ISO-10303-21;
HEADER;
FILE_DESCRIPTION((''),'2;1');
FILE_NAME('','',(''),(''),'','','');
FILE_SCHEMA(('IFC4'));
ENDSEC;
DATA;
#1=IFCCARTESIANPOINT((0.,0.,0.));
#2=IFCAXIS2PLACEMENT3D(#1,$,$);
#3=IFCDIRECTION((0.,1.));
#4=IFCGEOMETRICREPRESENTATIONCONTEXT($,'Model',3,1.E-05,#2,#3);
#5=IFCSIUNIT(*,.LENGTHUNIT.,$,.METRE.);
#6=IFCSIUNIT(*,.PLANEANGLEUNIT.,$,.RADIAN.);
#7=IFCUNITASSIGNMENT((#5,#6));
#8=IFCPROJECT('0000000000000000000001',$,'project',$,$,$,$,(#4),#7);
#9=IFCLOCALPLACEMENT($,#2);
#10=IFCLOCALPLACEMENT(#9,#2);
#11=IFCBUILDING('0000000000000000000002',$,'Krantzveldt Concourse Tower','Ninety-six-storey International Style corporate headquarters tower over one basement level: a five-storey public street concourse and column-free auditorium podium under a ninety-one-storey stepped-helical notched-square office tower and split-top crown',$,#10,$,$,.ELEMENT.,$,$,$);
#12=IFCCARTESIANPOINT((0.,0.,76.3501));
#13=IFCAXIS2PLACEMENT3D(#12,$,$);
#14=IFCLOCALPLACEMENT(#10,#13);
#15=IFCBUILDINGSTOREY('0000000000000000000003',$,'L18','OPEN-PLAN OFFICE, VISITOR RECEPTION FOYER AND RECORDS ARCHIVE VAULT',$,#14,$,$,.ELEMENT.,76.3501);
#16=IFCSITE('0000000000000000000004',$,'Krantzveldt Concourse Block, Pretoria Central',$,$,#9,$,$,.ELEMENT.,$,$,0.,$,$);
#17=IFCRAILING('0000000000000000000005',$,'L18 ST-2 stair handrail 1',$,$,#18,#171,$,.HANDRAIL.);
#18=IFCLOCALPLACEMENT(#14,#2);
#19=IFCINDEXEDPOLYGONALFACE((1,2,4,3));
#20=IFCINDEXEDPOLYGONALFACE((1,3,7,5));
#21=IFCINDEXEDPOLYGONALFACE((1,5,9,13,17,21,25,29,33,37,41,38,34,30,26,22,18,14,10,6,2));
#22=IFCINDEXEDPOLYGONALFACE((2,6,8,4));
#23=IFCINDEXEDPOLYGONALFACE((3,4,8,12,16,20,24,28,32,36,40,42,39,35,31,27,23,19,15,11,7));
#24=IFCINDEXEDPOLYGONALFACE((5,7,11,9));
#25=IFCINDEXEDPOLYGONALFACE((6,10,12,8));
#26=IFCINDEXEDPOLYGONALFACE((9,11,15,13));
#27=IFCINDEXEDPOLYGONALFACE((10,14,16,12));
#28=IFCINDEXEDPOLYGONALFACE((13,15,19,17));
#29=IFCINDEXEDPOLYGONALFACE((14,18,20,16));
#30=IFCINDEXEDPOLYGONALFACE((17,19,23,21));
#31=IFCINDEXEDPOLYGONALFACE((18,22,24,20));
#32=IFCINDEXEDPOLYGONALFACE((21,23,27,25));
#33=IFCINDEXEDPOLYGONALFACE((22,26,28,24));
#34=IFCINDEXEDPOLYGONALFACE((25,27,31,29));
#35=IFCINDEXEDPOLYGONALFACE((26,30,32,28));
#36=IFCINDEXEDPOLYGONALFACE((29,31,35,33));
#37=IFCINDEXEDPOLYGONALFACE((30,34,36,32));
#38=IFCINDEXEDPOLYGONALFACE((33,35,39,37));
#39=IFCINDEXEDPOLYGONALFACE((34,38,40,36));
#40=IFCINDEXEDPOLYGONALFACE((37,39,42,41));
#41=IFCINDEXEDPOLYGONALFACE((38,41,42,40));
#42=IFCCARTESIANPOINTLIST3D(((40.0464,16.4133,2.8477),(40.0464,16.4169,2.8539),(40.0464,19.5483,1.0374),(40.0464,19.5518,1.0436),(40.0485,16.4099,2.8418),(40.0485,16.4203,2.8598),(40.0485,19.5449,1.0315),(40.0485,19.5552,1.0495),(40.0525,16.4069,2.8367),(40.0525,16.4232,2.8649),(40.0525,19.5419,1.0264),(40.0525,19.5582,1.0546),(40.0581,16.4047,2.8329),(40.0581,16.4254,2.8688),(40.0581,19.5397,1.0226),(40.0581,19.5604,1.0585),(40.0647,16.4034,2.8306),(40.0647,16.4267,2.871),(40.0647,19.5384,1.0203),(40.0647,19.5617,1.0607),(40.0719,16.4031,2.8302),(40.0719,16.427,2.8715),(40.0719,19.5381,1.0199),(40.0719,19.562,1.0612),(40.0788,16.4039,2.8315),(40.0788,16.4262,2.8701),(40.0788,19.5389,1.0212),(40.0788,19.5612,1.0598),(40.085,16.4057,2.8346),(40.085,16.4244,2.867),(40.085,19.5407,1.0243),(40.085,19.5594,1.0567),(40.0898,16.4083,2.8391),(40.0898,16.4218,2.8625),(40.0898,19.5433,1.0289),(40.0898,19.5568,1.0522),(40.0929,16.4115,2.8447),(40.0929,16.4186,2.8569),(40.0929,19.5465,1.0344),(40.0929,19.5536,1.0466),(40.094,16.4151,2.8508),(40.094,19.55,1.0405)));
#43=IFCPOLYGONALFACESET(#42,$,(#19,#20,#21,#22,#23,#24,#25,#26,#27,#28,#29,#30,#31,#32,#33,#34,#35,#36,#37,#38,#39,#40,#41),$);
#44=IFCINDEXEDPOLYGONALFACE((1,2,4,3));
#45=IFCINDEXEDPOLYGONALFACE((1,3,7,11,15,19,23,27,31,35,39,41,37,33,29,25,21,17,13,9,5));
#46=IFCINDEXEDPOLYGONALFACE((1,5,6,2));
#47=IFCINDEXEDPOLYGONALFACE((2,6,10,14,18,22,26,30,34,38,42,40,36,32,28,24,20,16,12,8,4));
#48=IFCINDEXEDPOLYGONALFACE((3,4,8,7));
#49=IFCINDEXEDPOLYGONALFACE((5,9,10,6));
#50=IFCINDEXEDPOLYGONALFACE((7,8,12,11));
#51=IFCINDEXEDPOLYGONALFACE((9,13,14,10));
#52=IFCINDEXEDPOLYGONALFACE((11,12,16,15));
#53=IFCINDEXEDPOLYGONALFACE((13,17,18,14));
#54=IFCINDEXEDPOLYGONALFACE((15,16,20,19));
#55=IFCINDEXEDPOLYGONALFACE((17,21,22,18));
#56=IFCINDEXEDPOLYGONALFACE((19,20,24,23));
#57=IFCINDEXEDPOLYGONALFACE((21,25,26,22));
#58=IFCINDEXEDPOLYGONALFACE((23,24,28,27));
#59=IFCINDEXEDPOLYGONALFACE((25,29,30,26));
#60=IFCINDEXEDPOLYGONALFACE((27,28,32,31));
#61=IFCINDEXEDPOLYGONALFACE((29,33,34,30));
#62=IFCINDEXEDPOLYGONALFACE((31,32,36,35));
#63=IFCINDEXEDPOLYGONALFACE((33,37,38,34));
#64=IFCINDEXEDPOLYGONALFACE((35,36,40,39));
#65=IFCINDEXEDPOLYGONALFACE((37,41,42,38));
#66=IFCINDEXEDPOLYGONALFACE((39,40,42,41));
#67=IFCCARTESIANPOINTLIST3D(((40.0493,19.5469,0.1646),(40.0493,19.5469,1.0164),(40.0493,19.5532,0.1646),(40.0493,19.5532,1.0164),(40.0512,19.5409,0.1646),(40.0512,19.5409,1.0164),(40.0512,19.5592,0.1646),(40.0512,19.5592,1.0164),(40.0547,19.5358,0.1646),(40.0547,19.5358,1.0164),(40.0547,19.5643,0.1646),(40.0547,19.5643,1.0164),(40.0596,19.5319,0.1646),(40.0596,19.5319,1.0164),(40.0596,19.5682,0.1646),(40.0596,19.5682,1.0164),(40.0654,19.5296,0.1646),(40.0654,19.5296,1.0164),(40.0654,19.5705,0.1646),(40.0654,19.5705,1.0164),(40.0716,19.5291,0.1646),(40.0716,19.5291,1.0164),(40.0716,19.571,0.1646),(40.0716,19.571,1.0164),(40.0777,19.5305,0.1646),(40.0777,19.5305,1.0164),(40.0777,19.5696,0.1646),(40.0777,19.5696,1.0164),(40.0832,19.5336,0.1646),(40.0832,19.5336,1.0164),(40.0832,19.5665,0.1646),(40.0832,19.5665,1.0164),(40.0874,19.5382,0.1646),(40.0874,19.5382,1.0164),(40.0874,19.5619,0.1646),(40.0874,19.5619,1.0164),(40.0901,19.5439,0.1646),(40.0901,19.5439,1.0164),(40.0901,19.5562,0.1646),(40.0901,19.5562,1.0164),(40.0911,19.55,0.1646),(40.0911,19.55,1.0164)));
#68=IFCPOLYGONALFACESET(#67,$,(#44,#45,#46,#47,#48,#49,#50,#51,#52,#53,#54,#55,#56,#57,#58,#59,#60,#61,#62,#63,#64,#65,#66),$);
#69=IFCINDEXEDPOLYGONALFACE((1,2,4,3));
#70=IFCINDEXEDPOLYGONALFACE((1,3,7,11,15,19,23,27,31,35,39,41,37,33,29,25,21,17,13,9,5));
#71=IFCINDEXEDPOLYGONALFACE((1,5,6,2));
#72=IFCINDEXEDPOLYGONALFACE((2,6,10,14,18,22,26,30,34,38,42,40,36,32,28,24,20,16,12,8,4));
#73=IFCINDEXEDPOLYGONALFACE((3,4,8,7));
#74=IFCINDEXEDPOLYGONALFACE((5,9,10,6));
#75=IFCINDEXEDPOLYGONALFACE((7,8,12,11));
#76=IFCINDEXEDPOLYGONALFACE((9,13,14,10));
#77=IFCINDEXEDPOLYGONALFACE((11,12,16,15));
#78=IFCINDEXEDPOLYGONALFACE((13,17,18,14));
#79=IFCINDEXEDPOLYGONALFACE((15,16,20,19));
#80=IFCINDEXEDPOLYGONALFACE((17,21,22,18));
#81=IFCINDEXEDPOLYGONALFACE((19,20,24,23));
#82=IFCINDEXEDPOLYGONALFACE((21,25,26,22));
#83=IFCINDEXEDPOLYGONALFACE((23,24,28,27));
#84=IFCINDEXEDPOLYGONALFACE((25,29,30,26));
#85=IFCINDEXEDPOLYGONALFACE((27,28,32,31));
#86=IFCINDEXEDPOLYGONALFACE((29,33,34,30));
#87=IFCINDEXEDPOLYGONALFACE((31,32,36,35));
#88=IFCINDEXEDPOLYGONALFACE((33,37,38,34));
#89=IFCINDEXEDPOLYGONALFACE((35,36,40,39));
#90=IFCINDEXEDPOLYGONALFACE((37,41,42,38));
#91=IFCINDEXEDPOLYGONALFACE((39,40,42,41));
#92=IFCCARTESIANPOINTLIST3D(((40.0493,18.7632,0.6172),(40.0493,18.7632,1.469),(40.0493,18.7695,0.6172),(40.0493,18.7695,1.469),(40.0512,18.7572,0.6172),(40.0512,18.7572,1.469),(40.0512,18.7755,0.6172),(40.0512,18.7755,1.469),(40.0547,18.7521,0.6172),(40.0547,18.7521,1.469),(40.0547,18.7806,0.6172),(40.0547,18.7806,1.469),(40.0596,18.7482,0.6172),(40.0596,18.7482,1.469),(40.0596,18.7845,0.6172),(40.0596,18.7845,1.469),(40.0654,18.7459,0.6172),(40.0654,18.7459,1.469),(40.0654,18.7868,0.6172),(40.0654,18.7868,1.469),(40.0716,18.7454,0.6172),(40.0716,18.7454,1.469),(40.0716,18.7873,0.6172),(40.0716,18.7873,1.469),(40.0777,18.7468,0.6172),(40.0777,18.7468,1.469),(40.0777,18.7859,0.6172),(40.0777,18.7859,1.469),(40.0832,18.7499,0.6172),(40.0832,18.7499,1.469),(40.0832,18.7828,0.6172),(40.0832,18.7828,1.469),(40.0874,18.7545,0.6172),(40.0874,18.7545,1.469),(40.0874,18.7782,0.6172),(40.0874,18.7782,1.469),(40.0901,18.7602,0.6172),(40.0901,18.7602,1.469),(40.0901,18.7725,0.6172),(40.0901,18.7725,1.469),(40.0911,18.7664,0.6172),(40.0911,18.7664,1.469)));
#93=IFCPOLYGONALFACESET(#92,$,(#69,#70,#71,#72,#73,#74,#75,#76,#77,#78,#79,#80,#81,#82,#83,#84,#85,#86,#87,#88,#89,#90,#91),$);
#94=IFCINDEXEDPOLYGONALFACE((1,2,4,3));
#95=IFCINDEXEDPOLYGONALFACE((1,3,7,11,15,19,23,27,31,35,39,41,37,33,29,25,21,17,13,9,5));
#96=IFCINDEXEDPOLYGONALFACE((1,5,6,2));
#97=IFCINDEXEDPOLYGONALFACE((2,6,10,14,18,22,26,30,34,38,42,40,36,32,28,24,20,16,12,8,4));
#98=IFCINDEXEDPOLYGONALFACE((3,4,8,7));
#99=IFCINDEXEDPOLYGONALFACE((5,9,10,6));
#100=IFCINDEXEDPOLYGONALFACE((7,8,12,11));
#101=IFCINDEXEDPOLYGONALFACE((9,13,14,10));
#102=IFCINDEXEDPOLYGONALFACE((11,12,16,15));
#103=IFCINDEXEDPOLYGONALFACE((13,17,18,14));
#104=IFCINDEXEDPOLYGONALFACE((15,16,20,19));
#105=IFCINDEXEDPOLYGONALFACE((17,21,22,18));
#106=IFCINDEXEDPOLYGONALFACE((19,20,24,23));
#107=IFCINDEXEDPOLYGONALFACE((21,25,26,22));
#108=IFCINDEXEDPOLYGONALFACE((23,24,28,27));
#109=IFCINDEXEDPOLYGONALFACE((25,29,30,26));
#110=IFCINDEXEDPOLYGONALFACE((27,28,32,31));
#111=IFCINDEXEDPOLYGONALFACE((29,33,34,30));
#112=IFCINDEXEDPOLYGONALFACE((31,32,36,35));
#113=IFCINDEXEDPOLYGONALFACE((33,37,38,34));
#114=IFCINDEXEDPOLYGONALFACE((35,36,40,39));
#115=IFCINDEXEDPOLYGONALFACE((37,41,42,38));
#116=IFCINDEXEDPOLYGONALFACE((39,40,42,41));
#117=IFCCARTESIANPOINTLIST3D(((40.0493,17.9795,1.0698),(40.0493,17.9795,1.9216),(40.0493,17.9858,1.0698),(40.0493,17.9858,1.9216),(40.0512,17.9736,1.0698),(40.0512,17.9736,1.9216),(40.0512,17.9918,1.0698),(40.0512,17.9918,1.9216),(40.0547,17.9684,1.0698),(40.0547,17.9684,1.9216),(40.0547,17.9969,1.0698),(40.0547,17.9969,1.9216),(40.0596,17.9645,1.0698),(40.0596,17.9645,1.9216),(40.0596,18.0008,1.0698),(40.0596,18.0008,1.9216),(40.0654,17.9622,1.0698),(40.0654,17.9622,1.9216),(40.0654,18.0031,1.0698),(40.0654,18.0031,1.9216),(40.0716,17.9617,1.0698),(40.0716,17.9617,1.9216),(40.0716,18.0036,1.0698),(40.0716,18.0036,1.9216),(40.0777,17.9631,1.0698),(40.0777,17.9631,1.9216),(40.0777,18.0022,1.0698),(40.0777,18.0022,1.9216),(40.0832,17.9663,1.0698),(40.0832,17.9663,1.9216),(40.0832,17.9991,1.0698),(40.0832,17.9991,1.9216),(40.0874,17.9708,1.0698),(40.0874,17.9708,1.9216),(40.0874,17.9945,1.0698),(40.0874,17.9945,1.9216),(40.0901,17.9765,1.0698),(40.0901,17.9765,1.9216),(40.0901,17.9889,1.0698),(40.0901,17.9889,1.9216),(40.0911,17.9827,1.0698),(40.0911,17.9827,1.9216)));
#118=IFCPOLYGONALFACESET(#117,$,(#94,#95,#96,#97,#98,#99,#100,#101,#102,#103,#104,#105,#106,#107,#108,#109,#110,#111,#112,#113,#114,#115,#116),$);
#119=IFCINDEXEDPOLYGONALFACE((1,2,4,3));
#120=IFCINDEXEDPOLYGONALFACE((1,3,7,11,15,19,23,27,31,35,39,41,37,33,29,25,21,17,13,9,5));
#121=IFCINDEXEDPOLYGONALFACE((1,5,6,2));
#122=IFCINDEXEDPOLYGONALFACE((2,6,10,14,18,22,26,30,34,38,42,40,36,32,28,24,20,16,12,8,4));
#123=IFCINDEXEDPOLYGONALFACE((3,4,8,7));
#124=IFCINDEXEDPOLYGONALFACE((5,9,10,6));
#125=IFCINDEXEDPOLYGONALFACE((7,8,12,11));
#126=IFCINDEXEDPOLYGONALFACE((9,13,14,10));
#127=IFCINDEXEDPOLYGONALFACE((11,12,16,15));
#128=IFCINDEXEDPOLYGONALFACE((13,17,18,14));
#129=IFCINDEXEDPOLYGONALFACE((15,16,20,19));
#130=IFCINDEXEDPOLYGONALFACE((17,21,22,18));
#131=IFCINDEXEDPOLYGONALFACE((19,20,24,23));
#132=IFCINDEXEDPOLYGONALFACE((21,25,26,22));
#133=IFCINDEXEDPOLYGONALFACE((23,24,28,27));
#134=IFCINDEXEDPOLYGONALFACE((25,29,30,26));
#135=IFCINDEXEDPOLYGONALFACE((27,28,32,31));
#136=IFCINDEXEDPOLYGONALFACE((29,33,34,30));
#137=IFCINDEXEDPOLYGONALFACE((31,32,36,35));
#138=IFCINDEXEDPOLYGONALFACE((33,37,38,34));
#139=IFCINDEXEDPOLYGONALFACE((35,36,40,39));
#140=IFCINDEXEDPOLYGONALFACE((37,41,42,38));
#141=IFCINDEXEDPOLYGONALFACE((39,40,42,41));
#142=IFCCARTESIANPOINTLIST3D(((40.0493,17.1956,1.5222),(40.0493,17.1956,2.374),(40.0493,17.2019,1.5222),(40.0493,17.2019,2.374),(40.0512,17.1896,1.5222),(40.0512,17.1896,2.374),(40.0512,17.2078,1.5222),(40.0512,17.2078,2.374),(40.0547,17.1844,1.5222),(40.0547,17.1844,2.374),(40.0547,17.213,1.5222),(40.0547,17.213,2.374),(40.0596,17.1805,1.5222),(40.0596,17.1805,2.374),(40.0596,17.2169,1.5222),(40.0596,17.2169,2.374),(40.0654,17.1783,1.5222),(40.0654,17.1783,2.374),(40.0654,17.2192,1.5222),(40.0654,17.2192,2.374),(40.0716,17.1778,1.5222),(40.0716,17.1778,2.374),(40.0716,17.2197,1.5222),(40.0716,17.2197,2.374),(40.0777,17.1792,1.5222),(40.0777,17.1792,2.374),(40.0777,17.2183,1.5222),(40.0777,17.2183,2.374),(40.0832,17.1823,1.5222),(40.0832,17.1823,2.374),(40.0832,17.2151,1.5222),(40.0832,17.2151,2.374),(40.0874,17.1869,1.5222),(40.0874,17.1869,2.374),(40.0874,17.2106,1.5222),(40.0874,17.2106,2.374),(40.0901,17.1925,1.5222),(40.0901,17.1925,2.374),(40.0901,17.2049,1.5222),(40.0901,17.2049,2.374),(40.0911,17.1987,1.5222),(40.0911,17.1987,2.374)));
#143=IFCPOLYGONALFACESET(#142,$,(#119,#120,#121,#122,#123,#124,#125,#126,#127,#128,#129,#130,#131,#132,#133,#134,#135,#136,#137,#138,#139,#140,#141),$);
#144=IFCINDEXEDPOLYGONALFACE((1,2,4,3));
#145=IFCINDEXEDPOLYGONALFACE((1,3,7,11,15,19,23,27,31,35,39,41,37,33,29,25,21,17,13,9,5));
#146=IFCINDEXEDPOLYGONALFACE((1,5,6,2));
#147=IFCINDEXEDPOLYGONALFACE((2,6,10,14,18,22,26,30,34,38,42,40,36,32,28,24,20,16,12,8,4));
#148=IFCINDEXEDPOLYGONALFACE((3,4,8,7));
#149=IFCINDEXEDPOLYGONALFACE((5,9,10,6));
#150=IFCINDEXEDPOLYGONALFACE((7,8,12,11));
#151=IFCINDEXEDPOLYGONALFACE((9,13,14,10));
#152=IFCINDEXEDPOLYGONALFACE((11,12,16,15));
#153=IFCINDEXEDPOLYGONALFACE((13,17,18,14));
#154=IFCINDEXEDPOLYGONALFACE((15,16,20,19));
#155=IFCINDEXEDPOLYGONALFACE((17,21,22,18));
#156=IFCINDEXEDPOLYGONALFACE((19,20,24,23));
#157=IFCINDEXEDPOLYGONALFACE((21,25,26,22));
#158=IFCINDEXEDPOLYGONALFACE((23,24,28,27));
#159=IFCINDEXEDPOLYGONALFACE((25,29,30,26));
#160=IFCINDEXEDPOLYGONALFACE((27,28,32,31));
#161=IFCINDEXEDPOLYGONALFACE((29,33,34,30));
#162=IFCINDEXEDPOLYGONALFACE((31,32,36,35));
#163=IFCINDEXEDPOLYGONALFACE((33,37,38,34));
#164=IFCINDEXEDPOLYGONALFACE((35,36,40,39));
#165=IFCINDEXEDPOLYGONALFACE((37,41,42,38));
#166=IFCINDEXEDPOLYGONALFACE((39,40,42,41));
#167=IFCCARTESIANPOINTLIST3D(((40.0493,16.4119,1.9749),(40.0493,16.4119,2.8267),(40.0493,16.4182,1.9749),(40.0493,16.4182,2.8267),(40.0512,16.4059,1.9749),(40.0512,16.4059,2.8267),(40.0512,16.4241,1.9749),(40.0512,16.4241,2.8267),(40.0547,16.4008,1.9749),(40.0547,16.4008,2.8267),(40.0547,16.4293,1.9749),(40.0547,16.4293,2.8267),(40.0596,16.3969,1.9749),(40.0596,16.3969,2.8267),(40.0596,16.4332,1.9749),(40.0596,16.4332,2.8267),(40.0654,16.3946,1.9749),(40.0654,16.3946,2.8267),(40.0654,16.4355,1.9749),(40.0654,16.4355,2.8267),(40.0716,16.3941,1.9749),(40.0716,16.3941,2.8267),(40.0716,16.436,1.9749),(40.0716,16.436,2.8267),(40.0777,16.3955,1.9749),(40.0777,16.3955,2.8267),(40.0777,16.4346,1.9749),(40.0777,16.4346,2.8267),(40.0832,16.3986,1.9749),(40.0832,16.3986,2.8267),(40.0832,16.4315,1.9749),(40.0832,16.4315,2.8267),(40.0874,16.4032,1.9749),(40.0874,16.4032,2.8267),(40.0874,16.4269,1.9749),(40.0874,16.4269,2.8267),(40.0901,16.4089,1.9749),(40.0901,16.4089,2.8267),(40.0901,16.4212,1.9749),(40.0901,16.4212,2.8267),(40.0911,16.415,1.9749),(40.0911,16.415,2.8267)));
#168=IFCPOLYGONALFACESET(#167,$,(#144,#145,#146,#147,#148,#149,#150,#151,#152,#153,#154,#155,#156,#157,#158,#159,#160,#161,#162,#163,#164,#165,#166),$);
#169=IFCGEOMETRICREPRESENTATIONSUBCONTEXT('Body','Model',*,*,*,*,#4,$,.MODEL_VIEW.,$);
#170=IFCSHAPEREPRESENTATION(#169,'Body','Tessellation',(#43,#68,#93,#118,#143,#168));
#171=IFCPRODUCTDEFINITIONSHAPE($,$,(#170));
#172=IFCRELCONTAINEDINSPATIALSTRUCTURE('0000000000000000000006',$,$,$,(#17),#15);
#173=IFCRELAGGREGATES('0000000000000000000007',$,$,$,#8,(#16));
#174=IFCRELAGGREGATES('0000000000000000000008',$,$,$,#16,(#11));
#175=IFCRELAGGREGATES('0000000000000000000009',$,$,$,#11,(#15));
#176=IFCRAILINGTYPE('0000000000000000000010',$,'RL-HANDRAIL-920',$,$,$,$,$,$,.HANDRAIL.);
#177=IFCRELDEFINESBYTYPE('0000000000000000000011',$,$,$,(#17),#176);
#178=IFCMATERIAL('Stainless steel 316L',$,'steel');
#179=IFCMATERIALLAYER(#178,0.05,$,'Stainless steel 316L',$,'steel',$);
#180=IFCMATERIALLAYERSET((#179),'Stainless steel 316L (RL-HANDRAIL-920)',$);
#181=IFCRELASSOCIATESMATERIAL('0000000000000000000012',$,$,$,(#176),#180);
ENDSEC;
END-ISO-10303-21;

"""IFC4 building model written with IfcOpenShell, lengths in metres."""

from ifc_helpers import new_model, si_unit, direction, frame, origin, origin_2d, place, context, subcontext, project, spatial, circle, extrude, material, layer, layer_set, type_object, element, save


model = new_model("IFC4")

# Units and contexts
model_context = context("Model", 3, precision=1e-05, world=origin(), true_north=direction((0.0, 1.0)))
body_context = subcontext(model_context, "Body", "Model", "MODEL_VIEW")
ifc_project = project(units=[si_unit("LENGTHUNIT", "METRE"), si_unit("PLANEANGLEUNIT", "RADIAN")], contexts=[model_context])

# Site, building, storey
site_placement = place(None, origin())
site = spatial("IfcSite", under=ifc_project, at=site_placement, Name="Krantzveldt Concourse Block, Pretoria Central", CompositionType="ELEMENT", RefElevation=0.0)
building_placement = place(site_placement, origin())
building = spatial("IfcBuilding", under=site, at=building_placement, Name="Krantzveldt Concourse Tower", Description="Ninety-six-storey International Style corporate headquarters tower over one basement level: a five-storey public street concourse and column-free auditorium podium under a ninety-one-storey stepped-helical notched-square office tower and split-top crown", CompositionType="ELEMENT")
storey_placement = place(building_placement, frame((0.0, 0.0, 76.3501)))
storey = spatial("IfcBuildingStorey", under=building, at=storey_placement, Name="L18", Description="OPEN-PLAN OFFICE, VISITOR RECEPTION FOYER AND RECORDS ARCHIVE VAULT", CompositionType="ELEMENT", Elevation=76.3501)

# Shared definitions
ifc_material_1 = material(Name="Stainless steel 316L", Category="steel")

# Railing
ifc_layer_1 = layer(ifc_material_1, 0.05, Name="Stainless steel 316L", Category="steel")
ifc_layer_set_1 = layer_set([ifc_layer_1], Name="Stainless steel 316L (RL-HANDRAIL-920)")
railing_type_1 = type_object("IfcRailingType", Name="RL-HANDRAIL-920", PredefinedType="HANDRAIL", material=ifc_layer_set_1)
railing_1_placement = place(storey_placement, frame((40.0701, 19.55, 0.1646)))
element("IfcRailing", 1, at=railing_1_placement, inside=storey, type_object=railing_type_1, Name="L18 ST-2 stair handrail 1", PredefinedType="HANDRAIL", context=body_context, shape_type="SweptSolid", body=[
    extrude(circle(Radius=0.0239, at=origin_2d()), frame((0.0, 0.0, 0.876), z_axis=(0.0, -0.865989, 0.500063), x_axis=(1.0, 0.0, 0.0)), (0.0, 0.0, 1.0), 3.6201),
    extrude(circle(Radius=0.021, at=origin_2d()), origin(), (0.0, 0.0, 1.0), 0.8518),
    extrude(circle(Radius=0.021, at=origin_2d()), frame((0.0, -0.7837, 0.4526)), (0.0, 0.0, 1.0), 0.8518),
    extrude(circle(Radius=0.021, at=origin_2d()), frame((0.0, -1.5674, 0.9053)), (0.0, 0.0, 1.0), 0.8518),
    extrude(circle(Radius=0.021, at=origin_2d()), frame((0.0, -2.3513, 1.3577)), (0.0, 0.0, 1.0), 0.8518),
    extrude(circle(Radius=0.021, at=origin_2d()), frame((0.0, -3.135, 1.8103)), (0.0, 0.0, 1.0), 0.8518),
])

save(model, "model.ifc")
